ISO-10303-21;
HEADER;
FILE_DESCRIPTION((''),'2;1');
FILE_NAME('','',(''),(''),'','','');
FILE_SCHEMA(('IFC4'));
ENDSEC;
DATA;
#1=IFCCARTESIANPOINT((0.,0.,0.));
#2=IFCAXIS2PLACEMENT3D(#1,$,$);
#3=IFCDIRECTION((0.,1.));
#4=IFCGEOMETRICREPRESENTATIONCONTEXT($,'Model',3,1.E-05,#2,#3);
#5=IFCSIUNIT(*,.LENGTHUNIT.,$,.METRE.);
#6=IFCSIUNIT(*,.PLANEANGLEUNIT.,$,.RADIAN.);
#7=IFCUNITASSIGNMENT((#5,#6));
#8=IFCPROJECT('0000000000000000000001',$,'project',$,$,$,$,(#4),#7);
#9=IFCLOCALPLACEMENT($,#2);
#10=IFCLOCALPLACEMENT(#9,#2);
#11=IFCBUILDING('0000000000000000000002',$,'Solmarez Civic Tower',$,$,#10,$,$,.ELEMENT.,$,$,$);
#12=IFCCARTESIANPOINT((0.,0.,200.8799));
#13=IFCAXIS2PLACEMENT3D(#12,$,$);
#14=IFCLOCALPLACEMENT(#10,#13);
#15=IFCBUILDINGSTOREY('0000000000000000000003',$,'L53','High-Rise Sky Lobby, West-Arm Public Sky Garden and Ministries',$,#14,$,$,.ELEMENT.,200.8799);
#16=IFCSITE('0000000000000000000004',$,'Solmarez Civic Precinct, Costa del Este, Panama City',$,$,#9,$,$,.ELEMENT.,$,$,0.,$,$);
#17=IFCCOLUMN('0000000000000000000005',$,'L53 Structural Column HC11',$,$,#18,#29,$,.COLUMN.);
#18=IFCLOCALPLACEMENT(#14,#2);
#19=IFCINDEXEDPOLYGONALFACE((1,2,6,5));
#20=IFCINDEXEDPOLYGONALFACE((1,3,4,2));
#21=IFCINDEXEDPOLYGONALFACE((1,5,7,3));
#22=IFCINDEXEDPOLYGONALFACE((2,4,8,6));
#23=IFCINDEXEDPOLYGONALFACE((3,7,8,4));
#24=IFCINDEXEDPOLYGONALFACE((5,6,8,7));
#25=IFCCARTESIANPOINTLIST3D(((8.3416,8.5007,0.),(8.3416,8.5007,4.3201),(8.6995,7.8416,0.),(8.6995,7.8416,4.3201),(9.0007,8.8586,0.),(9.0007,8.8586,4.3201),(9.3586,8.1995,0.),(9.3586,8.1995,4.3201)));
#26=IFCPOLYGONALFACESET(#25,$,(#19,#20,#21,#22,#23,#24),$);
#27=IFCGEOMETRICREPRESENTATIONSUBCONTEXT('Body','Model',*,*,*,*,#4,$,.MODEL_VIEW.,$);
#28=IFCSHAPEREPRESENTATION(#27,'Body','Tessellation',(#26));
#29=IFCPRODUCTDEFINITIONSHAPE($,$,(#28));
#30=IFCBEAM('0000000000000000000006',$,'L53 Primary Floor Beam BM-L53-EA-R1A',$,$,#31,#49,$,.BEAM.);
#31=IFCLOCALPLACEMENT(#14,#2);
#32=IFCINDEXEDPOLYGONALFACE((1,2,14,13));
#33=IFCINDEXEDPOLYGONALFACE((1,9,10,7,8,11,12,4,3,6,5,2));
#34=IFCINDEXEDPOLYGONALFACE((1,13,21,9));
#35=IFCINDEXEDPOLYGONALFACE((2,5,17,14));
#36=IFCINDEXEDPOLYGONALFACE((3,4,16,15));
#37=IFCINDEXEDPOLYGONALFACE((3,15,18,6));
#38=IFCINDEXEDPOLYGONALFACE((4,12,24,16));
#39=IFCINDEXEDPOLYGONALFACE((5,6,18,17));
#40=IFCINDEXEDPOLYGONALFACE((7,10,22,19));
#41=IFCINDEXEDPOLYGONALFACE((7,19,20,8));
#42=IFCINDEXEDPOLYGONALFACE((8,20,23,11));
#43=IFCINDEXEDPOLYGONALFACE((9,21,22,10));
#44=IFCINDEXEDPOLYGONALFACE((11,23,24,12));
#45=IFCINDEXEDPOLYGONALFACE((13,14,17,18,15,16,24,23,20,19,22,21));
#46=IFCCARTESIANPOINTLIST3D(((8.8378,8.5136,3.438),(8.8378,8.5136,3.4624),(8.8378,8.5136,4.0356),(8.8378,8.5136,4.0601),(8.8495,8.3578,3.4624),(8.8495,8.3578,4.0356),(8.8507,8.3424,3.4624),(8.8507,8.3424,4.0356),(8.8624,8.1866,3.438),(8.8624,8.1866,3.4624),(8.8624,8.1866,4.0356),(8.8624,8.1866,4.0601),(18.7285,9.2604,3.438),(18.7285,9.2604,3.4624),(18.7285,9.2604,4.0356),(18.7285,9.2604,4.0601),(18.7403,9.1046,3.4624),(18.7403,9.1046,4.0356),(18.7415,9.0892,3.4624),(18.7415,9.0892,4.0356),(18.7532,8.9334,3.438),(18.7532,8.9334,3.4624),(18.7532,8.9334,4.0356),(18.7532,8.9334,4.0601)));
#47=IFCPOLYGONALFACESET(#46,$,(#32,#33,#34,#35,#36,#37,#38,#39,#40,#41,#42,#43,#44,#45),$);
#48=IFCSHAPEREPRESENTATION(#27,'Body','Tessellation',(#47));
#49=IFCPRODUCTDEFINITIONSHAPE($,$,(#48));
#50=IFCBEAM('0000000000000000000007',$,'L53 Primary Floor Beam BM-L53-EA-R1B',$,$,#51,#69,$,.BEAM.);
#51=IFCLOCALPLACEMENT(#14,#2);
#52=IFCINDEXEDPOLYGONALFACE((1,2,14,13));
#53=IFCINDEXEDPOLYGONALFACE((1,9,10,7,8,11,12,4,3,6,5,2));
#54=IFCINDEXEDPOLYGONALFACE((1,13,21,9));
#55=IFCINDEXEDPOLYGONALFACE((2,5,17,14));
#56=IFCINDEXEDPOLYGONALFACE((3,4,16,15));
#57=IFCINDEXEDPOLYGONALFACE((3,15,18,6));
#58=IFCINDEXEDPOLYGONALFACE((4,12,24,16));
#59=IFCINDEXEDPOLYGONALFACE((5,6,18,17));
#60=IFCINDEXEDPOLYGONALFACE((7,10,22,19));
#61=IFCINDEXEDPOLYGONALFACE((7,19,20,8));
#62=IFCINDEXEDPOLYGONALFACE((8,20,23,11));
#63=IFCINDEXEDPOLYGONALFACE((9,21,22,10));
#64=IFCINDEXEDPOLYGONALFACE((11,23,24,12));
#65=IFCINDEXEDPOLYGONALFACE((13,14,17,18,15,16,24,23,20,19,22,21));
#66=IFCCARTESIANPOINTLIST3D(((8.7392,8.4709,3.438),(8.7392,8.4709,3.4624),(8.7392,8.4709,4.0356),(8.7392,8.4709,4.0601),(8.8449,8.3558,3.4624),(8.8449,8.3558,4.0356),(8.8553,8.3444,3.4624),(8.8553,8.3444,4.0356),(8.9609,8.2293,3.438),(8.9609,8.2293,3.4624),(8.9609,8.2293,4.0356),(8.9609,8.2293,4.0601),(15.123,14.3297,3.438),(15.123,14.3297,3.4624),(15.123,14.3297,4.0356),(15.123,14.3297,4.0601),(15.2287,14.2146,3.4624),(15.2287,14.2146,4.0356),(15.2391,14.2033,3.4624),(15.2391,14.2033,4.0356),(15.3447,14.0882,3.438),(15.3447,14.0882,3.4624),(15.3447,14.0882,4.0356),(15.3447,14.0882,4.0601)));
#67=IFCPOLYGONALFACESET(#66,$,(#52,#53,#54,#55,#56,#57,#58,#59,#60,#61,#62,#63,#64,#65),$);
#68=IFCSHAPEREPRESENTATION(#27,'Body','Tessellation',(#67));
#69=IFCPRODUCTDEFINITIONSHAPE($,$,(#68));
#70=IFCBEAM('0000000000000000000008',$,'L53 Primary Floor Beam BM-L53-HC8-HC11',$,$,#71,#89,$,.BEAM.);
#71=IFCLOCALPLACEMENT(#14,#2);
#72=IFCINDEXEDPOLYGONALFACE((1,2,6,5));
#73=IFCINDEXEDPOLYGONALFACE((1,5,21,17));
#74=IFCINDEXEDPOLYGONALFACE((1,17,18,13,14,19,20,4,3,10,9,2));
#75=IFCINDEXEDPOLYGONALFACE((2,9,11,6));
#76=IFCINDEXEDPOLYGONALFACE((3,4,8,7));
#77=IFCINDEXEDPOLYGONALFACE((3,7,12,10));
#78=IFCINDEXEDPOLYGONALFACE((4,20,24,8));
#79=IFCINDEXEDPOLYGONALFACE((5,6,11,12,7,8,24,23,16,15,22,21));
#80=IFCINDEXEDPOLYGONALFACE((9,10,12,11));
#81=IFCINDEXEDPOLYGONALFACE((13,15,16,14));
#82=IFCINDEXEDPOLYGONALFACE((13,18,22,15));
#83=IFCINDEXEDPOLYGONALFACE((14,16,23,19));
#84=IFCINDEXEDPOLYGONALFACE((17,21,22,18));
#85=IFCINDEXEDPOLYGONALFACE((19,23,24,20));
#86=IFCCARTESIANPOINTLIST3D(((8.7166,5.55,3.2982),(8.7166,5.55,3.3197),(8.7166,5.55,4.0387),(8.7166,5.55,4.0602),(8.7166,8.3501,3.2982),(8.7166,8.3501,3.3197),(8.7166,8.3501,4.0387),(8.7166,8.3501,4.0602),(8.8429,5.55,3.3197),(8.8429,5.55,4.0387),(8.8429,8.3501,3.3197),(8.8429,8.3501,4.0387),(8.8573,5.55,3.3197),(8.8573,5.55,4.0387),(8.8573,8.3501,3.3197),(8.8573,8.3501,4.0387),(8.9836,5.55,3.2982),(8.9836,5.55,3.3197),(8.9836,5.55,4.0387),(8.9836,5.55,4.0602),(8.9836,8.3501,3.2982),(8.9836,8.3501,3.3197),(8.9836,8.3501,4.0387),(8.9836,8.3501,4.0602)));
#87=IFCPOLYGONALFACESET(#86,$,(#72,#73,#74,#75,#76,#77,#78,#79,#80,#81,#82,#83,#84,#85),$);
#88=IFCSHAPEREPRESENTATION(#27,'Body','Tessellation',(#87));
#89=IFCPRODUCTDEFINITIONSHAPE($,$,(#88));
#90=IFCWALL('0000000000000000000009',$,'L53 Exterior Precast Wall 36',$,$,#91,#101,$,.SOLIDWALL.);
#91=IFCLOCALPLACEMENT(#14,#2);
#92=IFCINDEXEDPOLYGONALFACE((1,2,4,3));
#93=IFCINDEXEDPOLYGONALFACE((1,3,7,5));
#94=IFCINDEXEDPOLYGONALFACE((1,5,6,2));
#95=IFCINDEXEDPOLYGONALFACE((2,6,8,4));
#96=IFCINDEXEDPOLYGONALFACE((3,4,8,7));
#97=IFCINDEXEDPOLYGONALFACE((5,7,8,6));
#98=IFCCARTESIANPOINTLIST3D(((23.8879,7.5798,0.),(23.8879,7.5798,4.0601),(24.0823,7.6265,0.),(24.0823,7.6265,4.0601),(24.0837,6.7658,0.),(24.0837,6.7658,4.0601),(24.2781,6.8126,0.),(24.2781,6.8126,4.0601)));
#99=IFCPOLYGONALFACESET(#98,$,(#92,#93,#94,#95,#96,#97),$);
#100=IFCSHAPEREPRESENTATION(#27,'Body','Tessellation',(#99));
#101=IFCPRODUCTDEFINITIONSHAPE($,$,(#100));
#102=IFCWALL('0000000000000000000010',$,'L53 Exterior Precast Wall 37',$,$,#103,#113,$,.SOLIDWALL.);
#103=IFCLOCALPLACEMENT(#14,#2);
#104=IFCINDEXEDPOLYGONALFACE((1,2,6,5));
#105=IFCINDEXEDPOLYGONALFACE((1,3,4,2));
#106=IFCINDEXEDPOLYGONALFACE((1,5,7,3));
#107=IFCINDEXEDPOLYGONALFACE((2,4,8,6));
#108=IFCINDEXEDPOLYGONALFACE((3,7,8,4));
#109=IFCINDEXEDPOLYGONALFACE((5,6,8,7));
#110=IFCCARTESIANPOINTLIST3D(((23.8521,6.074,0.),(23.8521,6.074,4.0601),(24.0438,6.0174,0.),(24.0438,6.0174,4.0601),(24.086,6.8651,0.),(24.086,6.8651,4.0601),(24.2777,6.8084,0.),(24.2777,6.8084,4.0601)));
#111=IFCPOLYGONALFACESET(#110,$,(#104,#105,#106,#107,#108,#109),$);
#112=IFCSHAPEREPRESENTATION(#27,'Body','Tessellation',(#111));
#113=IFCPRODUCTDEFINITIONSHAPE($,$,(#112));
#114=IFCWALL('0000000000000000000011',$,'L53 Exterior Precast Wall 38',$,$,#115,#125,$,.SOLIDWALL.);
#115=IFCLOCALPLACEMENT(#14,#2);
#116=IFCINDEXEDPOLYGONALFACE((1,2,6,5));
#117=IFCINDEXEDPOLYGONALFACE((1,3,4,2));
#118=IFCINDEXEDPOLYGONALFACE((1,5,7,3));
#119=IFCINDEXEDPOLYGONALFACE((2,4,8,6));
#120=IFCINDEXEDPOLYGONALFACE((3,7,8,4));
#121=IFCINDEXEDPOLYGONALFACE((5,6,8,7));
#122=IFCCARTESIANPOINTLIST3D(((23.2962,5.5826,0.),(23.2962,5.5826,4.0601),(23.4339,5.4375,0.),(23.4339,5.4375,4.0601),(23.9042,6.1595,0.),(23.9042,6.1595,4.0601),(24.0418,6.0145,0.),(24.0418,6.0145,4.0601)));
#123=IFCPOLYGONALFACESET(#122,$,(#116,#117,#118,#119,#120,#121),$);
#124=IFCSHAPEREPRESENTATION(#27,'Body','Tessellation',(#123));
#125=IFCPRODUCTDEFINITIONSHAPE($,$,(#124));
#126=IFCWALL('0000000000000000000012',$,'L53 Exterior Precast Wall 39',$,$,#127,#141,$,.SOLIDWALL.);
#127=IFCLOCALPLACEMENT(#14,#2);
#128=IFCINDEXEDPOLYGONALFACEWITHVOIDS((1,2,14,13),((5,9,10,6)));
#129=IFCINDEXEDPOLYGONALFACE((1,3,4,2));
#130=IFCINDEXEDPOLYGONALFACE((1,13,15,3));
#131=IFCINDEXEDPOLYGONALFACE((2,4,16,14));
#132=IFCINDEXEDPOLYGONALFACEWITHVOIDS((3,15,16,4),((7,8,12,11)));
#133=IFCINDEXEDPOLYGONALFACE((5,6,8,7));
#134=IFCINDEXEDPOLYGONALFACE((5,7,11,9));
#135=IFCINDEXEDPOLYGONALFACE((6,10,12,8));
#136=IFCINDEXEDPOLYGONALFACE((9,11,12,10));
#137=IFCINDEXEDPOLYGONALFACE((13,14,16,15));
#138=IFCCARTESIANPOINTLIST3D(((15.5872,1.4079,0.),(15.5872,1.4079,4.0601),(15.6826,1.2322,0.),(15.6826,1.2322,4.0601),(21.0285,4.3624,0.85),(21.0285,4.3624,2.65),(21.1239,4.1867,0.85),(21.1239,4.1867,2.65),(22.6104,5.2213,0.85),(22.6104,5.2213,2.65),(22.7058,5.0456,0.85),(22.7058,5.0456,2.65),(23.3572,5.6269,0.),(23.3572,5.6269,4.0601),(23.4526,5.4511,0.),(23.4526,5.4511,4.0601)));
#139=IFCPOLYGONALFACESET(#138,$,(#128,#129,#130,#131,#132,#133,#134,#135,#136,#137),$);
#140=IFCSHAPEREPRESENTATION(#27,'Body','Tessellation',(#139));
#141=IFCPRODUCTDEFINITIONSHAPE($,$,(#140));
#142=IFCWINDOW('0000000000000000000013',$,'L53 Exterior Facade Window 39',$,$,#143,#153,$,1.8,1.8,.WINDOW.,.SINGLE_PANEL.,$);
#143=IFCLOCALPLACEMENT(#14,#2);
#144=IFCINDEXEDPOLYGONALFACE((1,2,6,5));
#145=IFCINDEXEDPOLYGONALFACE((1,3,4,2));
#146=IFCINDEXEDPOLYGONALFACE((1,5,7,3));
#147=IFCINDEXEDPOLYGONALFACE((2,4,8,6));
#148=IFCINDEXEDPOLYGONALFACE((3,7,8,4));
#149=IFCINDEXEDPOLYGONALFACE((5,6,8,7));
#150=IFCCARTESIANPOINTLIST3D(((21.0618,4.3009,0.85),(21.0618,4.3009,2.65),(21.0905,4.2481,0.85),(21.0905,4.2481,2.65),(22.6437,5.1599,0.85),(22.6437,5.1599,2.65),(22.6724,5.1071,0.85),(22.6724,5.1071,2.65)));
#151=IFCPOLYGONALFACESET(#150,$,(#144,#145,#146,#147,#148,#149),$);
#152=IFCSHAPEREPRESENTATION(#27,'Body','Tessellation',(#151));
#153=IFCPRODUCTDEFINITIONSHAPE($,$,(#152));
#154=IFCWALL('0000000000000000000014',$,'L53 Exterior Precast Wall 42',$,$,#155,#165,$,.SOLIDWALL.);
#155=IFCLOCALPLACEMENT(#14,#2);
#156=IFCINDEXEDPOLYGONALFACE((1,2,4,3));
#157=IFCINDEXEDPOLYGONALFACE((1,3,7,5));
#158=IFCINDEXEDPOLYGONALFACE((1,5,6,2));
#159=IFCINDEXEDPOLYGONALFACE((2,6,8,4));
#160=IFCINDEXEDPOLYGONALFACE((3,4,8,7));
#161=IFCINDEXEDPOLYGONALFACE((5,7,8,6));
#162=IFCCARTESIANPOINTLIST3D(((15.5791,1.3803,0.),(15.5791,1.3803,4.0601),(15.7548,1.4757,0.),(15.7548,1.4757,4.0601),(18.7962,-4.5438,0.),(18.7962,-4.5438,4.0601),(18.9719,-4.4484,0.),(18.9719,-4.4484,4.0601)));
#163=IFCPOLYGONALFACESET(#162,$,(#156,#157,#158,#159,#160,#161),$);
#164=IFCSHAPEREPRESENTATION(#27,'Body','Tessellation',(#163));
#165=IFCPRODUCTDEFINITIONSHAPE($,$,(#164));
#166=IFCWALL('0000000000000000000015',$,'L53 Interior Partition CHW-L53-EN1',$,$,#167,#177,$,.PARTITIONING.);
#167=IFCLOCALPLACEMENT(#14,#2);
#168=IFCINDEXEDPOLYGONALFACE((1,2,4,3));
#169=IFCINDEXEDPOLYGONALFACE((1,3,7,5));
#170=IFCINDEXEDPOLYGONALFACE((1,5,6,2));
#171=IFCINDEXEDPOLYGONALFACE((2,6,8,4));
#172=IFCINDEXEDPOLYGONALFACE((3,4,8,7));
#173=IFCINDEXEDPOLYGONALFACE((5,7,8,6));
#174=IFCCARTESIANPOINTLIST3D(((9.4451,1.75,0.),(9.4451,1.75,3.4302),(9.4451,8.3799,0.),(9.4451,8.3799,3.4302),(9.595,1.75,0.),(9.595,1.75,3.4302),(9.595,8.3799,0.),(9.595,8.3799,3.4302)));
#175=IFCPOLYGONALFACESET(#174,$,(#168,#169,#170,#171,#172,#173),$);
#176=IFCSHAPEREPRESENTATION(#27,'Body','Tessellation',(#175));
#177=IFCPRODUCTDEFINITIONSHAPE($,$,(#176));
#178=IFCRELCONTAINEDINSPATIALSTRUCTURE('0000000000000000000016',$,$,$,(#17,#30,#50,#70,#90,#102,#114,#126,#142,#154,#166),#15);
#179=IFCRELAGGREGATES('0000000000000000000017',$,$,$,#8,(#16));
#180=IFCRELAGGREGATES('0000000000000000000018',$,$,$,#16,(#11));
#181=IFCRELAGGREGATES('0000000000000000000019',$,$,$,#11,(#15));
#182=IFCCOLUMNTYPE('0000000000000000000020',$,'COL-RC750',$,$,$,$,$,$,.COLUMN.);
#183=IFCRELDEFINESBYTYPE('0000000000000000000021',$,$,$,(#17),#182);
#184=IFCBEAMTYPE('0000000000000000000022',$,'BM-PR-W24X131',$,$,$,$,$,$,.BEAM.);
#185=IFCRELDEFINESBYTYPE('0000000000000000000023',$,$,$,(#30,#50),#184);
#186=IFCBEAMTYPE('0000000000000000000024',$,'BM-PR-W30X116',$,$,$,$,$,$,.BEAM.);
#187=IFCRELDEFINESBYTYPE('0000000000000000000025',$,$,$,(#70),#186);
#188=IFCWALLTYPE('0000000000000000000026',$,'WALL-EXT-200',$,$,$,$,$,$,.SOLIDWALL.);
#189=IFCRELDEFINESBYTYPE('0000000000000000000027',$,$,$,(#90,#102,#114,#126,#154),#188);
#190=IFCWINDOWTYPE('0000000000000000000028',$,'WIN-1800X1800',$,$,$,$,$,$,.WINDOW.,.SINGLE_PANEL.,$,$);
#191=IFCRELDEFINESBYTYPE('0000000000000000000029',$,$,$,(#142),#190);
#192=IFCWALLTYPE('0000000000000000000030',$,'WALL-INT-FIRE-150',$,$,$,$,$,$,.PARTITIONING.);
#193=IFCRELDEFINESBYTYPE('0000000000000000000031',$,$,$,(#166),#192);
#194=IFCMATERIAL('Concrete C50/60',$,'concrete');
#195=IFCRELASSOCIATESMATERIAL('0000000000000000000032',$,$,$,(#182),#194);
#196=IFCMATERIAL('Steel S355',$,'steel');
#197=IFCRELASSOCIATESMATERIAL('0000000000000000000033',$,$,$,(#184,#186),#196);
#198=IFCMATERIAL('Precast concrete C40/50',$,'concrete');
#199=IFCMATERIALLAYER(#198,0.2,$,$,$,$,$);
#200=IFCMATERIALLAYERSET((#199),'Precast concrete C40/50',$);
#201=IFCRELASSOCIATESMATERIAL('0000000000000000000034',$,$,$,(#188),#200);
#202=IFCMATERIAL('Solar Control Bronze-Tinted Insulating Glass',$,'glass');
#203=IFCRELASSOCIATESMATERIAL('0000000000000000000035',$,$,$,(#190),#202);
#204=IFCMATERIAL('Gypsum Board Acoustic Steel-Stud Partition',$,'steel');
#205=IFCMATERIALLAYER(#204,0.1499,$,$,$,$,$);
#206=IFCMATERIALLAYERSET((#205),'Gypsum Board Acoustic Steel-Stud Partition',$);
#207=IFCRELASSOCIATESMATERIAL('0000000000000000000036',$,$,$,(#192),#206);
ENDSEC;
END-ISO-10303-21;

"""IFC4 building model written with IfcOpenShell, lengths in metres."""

from ifc_helpers import new_model, si_unit, direction, frame, frame_2d, origin, origin_2d, place, context, subcontext, project, spatial, rectangle, i_section, extrude, material, layer, layer_set, material_profile, profile_set, type_object, element, fill, save


model = new_model("IFC4")

# Units and contexts
model_context = context("Model", 3, precision=1e-05, world=origin(), true_north=direction((0.0, 1.0)))
body_context = subcontext(model_context, "Body", "Model", "MODEL_VIEW")
ifc_project = project(units=[si_unit("LENGTHUNIT", "METRE"), si_unit("PLANEANGLEUNIT", "RADIAN")], contexts=[model_context])

# Site, building, storey
site_placement = place(None, origin())
site = spatial("IfcSite", under=ifc_project, at=site_placement, Name="Solmarez Civic Precinct, Costa del Este, Panama City", CompositionType="ELEMENT", RefElevation=0.0)
building_placement = place(site_placement, origin())
building = spatial("IfcBuilding", under=site, at=building_placement, Name="Solmarez Civic Tower", CompositionType="ELEMENT")
storey_placement = place(building_placement, frame((0.0, 0.0, 200.8799)))
storey = spatial("IfcBuildingStorey", under=building, at=storey_placement, Name="L53", Description="High-Rise Sky Lobby, West-Arm Public Sky Garden and Ministries", CompositionType="ELEMENT", Elevation=200.8799)

# Column
ifc_material_1 = material(Name="Concrete C50/60", Category="concrete")
ifc_material_profile_1 = material_profile(ifc_material_1, rectangle(XDim=0.75, YDim=0.75, at=origin_2d()), Name="RC750X750")
ifc_profile_set_1 = profile_set([ifc_material_profile_1], Name="Concrete C50/60")
column_type = type_object("IfcColumnType", Name="COL-RC750", PredefinedType="COLUMN", material=ifc_profile_set_1)
column_placement = place(storey_placement, frame((8.8501, 8.3501, 0.0), z_axis=(0.0, 0.0, 1.0), x_axis=(0.878817, 0.477159, 0.0)))
element("IfcColumn", 1, at=column_placement, inside=storey, type_object=column_type, Name="L53 Structural Column HC11", PredefinedType="COLUMN", context=body_context, shape_type="SweptSolid", body=[
    extrude(rectangle(XDim=0.75, YDim=0.75, at=origin_2d()), origin(), (0.0, 0.0, 1.0), 4.3201),
])

# Beams
ifc_material_2 = material(Name="Steel S355", Category="steel")
ifc_material_profile_2 = material_profile(ifc_material_2, i_section(OverallWidth=0.3279, OverallDepth=0.6221, WebThickness=0.0154, FlangeThickness=0.0244, at=origin_2d()), Name="W24X131")
ifc_profile_set_2 = profile_set([ifc_material_profile_2], Name="Steel S355")
beam_type_1 = type_object("IfcBeamType", Name="BM-PR-W24X131", PredefinedType="BEAM", material=ifc_profile_set_2)
beam_1_placement = place(storey_placement, frame((8.8501, 8.3501, 3.749), z_axis=(0.997162, 0.075292, 0.0), x_axis=(-0.075292, 0.997162, 0.0)))
element("IfcBeam", 2, at=beam_1_placement, inside=storey, type_object=beam_type_1, Name="L53 Primary Floor Beam BM-L53-EA-R1A", PredefinedType="BEAM", context=body_context, shape_type="SweptSolid", body=[
    extrude(i_section(OverallWidth=0.3279, OverallDepth=0.6221, WebThickness=0.0154, FlangeThickness=0.0244, at=origin_2d()), origin(), (0.0, 0.0, 1.0), 9.9189),
])
beam_2_placement = place(storey_placement, frame((8.8501, 8.3501, 3.749), z_axis=(0.736747, 0.676169, 0.0), x_axis=(-0.676169, 0.736747, 0.0)))
element("IfcBeam", 3, at=beam_2_placement, inside=storey, type_object=beam_type_1, Name="L53 Primary Floor Beam BM-L53-EA-R1B", PredefinedType="BEAM", context=body_context, shape_type="SweptSolid", body=[
    extrude(i_section(OverallWidth=0.3279, OverallDepth=0.6221, WebThickness=0.0154, FlangeThickness=0.0244, at=origin_2d()), origin(), (0.0, 0.0, 1.0), 8.6648),
])
ifc_material_profile_3 = material_profile(ifc_material_2, i_section(OverallWidth=0.2671, OverallDepth=0.762, WebThickness=0.0144, FlangeThickness=0.0215, at=origin_2d()), Name="W30X116")
ifc_profile_set_3 = profile_set([ifc_material_profile_3], Name="Steel S355")
beam_type_2 = type_object("IfcBeamType", Name="BM-PR-W30X116", PredefinedType="BEAM", material=ifc_profile_set_3)
beam_3_placement = place(storey_placement, frame((8.8501, 5.55, 3.6792), z_axis=(0.0, 1.0, 0.0), x_axis=(-1.0, 0.0, 0.0)))
element("IfcBeam", 4, at=beam_3_placement, inside=storey, type_object=beam_type_2, Name="L53 Primary Floor Beam BM-L53-HC8-HC11", PredefinedType="BEAM", context=body_context, shape_type="SweptSolid", body=[
    extrude(i_section(OverallWidth=0.2671, OverallDepth=0.762, WebThickness=0.0144, FlangeThickness=0.0215, at=origin_2d()), origin(), (0.0, 0.0, 1.0), 2.8),
])

# Walls
ifc_material_3 = material(Name="Precast concrete C40/50", Category="concrete")
ifc_layer_1 = layer(ifc_material_3, 0.2)
ifc_layer_set_1 = layer_set([ifc_layer_1], Name="Precast concrete C40/50")
wall_type_1 = type_object("IfcWallType", Name="WALL-EXT-200", PredefinedType="SOLIDWALL", material=ifc_layer_set_1)
wall_1_placement = place(storey_placement, frame((23.9851, 7.603, 0.0), z_axis=(0.0, 0.0, 1.0), x_axis=(0.23388, -0.972265, 0.0)))
element("IfcWall", 5, at=wall_1_placement, inside=storey, type_object=wall_type_1, Name="L53 Exterior Precast Wall 36", PredefinedType="SOLIDWALL", context=body_context, shape_type="SweptSolid", body=[
    extrude(rectangle(XDim=0.8372, YDim=0.2, at=frame_2d((0.4185, 0.0))), origin(), (0.0, 0.0, 1.0), 4.0601),
])
wall_2_placement = place(storey_placement, frame((24.1819, 6.8369, 0.0), z_axis=(0.0, 0.0, 1.0), x_axis=(-0.283544, -0.958959, 0.0)))
element("IfcWall", 6, at=wall_2_placement, inside=storey, type_object=wall_type_1, Name="L53 Exterior Precast Wall 37", PredefinedType="SOLIDWALL", context=body_context, shape_type="SweptSolid", body=[
    extrude(rectangle(XDim=0.825, YDim=0.2, at=frame_2d((0.4126, 0.0))), origin(), (0.0, 0.0, 1.0), 4.0601),
])
wall_3_placement = place(storey_placement, frame((23.9729, 6.0869, 0.0), z_axis=(0.0, 0.0, 1.0), x_axis=(-0.725363, -0.688367, 0.0)))
element("IfcWall", 7, at=wall_3_placement, inside=storey, type_object=wall_type_1, Name="L53 Exterior Precast Wall 38", PredefinedType="SOLIDWALL", context=body_context, shape_type="SweptSolid", body=[
    extrude(rectangle(XDim=0.8381, YDim=0.2, at=frame_2d((0.4189, 0.0))), origin(), (0.0, 0.0, 1.0), 4.0601),
])

# Wall, opening, window
wall_4_placement = place(storey_placement, frame((23.405, 5.5391, 0.0), z_axis=(0.0, 0.0, 1.0), x_axis=(-0.878807, -0.477178, 0.0)))
wall_4 = element("IfcWall", 8, at=wall_4_placement, inside=storey, type_object=wall_type_1, Name="L53 Exterior Precast Wall 39", PredefinedType="SOLIDWALL", context=body_context, shape_type="SweptSolid", body=[
    extrude(rectangle(XDim=8.8416, YDim=0.2, at=frame_2d((4.4209, 0.0))), origin(), (0.0, 0.0, 1.0), 4.0601),
])
opening_1_placement = place(wall_4_placement, frame((0.8501, 0.0, 0.8501)))
opening_1 = element("IfcOpeningElement", 9, at=opening_1_placement, cuts=wall_4, PredefinedType="OPENING", context=body_context, shape_type="SweptSolid", body=[
    extrude(rectangle(XDim=1.8, YDim=1.8, at=frame_2d((0.8999, 0.8999))), frame((0.0, 0.1099, 0.0), z_axis=(0.0, -1.0, 0.0), x_axis=(1.0, 0.0, 0.0)), (0.0, 0.0, 1.0), 0.22),
])
ifc_material_4 = material(Name="Solar Control Bronze-Tinted Insulating Glass", Category="glass")
window_type = type_object("IfcWindowType", Name="WIN-1800X1800", PartitioningType="SINGLE_PANEL", PredefinedType="WINDOW", material=ifc_material_4)
window_placement = place(opening_1_placement, origin())
window = element("IfcWindow", 10, at=window_placement, inside=storey, type_object=window_type, Name="L53 Exterior Facade Window 39", OverallHeight=1.8, OverallWidth=1.8, PartitioningType="SINGLE_PANEL", PredefinedType="WINDOW", context=body_context, shape_type="SweptSolid", body=[
    extrude(rectangle(XDim=1.8, YDim=1.8, at=frame_2d((0.8999, 0.8999))), frame((0.0, 0.03, 0.0), z_axis=(0.0, -1.0, 0.0), x_axis=(1.0, 0.0, 0.0)), (0.0, 0.0, 1.0), 0.0601),
])
fill(opening_1, window)

# Walls
wall_5_placement = place(storey_placement, frame((15.667, 1.428, 0.0), z_axis=(0.0, 0.0, 1.0), x_axis=(0.47722, -0.878784, 0.0)))
element("IfcWall", 11, at=wall_5_placement, inside=storey, type_object=wall_type_1, Name="L53 Exterior Precast Wall 42", PredefinedType="SOLIDWALL", context=body_context, shape_type="SweptSolid", body=[
    extrude(rectangle(XDim=6.7412, YDim=0.2, at=frame_2d((3.3706, 0.0))), origin(), (0.0, 0.0, 1.0), 4.0601),
])
ifc_material_5 = material(Name="Gypsum Board Acoustic Steel-Stud Partition", Category="steel")
ifc_layer_2 = layer(ifc_material_5, 0.1499)
ifc_layer_set_2 = layer_set([ifc_layer_2], Name="Gypsum Board Acoustic Steel-Stud Partition")
wall_type_2 = type_object("IfcWallType", Name="WALL-INT-FIRE-150", PredefinedType="PARTITIONING", material=ifc_layer_set_2)
wall_6_placement = place(storey_placement, frame((9.52, 1.75, 0.0), z_axis=(0.0, 0.0, 1.0), x_axis=(0.0, 1.0, 0.0)))
element("IfcWall", 12, at=wall_6_placement, inside=storey, type_object=wall_type_2, Name="L53 Interior Partition CHW-L53-EN1", PredefinedType="PARTITIONING", context=body_context, shape_type="SweptSolid", body=[
    extrude(rectangle(XDim=6.6299, YDim=0.1499, at=frame_2d((3.3149, 0.0))), origin(), (0.0, 0.0, 1.0), 3.4302),
])

save(model, "model.ifc")
